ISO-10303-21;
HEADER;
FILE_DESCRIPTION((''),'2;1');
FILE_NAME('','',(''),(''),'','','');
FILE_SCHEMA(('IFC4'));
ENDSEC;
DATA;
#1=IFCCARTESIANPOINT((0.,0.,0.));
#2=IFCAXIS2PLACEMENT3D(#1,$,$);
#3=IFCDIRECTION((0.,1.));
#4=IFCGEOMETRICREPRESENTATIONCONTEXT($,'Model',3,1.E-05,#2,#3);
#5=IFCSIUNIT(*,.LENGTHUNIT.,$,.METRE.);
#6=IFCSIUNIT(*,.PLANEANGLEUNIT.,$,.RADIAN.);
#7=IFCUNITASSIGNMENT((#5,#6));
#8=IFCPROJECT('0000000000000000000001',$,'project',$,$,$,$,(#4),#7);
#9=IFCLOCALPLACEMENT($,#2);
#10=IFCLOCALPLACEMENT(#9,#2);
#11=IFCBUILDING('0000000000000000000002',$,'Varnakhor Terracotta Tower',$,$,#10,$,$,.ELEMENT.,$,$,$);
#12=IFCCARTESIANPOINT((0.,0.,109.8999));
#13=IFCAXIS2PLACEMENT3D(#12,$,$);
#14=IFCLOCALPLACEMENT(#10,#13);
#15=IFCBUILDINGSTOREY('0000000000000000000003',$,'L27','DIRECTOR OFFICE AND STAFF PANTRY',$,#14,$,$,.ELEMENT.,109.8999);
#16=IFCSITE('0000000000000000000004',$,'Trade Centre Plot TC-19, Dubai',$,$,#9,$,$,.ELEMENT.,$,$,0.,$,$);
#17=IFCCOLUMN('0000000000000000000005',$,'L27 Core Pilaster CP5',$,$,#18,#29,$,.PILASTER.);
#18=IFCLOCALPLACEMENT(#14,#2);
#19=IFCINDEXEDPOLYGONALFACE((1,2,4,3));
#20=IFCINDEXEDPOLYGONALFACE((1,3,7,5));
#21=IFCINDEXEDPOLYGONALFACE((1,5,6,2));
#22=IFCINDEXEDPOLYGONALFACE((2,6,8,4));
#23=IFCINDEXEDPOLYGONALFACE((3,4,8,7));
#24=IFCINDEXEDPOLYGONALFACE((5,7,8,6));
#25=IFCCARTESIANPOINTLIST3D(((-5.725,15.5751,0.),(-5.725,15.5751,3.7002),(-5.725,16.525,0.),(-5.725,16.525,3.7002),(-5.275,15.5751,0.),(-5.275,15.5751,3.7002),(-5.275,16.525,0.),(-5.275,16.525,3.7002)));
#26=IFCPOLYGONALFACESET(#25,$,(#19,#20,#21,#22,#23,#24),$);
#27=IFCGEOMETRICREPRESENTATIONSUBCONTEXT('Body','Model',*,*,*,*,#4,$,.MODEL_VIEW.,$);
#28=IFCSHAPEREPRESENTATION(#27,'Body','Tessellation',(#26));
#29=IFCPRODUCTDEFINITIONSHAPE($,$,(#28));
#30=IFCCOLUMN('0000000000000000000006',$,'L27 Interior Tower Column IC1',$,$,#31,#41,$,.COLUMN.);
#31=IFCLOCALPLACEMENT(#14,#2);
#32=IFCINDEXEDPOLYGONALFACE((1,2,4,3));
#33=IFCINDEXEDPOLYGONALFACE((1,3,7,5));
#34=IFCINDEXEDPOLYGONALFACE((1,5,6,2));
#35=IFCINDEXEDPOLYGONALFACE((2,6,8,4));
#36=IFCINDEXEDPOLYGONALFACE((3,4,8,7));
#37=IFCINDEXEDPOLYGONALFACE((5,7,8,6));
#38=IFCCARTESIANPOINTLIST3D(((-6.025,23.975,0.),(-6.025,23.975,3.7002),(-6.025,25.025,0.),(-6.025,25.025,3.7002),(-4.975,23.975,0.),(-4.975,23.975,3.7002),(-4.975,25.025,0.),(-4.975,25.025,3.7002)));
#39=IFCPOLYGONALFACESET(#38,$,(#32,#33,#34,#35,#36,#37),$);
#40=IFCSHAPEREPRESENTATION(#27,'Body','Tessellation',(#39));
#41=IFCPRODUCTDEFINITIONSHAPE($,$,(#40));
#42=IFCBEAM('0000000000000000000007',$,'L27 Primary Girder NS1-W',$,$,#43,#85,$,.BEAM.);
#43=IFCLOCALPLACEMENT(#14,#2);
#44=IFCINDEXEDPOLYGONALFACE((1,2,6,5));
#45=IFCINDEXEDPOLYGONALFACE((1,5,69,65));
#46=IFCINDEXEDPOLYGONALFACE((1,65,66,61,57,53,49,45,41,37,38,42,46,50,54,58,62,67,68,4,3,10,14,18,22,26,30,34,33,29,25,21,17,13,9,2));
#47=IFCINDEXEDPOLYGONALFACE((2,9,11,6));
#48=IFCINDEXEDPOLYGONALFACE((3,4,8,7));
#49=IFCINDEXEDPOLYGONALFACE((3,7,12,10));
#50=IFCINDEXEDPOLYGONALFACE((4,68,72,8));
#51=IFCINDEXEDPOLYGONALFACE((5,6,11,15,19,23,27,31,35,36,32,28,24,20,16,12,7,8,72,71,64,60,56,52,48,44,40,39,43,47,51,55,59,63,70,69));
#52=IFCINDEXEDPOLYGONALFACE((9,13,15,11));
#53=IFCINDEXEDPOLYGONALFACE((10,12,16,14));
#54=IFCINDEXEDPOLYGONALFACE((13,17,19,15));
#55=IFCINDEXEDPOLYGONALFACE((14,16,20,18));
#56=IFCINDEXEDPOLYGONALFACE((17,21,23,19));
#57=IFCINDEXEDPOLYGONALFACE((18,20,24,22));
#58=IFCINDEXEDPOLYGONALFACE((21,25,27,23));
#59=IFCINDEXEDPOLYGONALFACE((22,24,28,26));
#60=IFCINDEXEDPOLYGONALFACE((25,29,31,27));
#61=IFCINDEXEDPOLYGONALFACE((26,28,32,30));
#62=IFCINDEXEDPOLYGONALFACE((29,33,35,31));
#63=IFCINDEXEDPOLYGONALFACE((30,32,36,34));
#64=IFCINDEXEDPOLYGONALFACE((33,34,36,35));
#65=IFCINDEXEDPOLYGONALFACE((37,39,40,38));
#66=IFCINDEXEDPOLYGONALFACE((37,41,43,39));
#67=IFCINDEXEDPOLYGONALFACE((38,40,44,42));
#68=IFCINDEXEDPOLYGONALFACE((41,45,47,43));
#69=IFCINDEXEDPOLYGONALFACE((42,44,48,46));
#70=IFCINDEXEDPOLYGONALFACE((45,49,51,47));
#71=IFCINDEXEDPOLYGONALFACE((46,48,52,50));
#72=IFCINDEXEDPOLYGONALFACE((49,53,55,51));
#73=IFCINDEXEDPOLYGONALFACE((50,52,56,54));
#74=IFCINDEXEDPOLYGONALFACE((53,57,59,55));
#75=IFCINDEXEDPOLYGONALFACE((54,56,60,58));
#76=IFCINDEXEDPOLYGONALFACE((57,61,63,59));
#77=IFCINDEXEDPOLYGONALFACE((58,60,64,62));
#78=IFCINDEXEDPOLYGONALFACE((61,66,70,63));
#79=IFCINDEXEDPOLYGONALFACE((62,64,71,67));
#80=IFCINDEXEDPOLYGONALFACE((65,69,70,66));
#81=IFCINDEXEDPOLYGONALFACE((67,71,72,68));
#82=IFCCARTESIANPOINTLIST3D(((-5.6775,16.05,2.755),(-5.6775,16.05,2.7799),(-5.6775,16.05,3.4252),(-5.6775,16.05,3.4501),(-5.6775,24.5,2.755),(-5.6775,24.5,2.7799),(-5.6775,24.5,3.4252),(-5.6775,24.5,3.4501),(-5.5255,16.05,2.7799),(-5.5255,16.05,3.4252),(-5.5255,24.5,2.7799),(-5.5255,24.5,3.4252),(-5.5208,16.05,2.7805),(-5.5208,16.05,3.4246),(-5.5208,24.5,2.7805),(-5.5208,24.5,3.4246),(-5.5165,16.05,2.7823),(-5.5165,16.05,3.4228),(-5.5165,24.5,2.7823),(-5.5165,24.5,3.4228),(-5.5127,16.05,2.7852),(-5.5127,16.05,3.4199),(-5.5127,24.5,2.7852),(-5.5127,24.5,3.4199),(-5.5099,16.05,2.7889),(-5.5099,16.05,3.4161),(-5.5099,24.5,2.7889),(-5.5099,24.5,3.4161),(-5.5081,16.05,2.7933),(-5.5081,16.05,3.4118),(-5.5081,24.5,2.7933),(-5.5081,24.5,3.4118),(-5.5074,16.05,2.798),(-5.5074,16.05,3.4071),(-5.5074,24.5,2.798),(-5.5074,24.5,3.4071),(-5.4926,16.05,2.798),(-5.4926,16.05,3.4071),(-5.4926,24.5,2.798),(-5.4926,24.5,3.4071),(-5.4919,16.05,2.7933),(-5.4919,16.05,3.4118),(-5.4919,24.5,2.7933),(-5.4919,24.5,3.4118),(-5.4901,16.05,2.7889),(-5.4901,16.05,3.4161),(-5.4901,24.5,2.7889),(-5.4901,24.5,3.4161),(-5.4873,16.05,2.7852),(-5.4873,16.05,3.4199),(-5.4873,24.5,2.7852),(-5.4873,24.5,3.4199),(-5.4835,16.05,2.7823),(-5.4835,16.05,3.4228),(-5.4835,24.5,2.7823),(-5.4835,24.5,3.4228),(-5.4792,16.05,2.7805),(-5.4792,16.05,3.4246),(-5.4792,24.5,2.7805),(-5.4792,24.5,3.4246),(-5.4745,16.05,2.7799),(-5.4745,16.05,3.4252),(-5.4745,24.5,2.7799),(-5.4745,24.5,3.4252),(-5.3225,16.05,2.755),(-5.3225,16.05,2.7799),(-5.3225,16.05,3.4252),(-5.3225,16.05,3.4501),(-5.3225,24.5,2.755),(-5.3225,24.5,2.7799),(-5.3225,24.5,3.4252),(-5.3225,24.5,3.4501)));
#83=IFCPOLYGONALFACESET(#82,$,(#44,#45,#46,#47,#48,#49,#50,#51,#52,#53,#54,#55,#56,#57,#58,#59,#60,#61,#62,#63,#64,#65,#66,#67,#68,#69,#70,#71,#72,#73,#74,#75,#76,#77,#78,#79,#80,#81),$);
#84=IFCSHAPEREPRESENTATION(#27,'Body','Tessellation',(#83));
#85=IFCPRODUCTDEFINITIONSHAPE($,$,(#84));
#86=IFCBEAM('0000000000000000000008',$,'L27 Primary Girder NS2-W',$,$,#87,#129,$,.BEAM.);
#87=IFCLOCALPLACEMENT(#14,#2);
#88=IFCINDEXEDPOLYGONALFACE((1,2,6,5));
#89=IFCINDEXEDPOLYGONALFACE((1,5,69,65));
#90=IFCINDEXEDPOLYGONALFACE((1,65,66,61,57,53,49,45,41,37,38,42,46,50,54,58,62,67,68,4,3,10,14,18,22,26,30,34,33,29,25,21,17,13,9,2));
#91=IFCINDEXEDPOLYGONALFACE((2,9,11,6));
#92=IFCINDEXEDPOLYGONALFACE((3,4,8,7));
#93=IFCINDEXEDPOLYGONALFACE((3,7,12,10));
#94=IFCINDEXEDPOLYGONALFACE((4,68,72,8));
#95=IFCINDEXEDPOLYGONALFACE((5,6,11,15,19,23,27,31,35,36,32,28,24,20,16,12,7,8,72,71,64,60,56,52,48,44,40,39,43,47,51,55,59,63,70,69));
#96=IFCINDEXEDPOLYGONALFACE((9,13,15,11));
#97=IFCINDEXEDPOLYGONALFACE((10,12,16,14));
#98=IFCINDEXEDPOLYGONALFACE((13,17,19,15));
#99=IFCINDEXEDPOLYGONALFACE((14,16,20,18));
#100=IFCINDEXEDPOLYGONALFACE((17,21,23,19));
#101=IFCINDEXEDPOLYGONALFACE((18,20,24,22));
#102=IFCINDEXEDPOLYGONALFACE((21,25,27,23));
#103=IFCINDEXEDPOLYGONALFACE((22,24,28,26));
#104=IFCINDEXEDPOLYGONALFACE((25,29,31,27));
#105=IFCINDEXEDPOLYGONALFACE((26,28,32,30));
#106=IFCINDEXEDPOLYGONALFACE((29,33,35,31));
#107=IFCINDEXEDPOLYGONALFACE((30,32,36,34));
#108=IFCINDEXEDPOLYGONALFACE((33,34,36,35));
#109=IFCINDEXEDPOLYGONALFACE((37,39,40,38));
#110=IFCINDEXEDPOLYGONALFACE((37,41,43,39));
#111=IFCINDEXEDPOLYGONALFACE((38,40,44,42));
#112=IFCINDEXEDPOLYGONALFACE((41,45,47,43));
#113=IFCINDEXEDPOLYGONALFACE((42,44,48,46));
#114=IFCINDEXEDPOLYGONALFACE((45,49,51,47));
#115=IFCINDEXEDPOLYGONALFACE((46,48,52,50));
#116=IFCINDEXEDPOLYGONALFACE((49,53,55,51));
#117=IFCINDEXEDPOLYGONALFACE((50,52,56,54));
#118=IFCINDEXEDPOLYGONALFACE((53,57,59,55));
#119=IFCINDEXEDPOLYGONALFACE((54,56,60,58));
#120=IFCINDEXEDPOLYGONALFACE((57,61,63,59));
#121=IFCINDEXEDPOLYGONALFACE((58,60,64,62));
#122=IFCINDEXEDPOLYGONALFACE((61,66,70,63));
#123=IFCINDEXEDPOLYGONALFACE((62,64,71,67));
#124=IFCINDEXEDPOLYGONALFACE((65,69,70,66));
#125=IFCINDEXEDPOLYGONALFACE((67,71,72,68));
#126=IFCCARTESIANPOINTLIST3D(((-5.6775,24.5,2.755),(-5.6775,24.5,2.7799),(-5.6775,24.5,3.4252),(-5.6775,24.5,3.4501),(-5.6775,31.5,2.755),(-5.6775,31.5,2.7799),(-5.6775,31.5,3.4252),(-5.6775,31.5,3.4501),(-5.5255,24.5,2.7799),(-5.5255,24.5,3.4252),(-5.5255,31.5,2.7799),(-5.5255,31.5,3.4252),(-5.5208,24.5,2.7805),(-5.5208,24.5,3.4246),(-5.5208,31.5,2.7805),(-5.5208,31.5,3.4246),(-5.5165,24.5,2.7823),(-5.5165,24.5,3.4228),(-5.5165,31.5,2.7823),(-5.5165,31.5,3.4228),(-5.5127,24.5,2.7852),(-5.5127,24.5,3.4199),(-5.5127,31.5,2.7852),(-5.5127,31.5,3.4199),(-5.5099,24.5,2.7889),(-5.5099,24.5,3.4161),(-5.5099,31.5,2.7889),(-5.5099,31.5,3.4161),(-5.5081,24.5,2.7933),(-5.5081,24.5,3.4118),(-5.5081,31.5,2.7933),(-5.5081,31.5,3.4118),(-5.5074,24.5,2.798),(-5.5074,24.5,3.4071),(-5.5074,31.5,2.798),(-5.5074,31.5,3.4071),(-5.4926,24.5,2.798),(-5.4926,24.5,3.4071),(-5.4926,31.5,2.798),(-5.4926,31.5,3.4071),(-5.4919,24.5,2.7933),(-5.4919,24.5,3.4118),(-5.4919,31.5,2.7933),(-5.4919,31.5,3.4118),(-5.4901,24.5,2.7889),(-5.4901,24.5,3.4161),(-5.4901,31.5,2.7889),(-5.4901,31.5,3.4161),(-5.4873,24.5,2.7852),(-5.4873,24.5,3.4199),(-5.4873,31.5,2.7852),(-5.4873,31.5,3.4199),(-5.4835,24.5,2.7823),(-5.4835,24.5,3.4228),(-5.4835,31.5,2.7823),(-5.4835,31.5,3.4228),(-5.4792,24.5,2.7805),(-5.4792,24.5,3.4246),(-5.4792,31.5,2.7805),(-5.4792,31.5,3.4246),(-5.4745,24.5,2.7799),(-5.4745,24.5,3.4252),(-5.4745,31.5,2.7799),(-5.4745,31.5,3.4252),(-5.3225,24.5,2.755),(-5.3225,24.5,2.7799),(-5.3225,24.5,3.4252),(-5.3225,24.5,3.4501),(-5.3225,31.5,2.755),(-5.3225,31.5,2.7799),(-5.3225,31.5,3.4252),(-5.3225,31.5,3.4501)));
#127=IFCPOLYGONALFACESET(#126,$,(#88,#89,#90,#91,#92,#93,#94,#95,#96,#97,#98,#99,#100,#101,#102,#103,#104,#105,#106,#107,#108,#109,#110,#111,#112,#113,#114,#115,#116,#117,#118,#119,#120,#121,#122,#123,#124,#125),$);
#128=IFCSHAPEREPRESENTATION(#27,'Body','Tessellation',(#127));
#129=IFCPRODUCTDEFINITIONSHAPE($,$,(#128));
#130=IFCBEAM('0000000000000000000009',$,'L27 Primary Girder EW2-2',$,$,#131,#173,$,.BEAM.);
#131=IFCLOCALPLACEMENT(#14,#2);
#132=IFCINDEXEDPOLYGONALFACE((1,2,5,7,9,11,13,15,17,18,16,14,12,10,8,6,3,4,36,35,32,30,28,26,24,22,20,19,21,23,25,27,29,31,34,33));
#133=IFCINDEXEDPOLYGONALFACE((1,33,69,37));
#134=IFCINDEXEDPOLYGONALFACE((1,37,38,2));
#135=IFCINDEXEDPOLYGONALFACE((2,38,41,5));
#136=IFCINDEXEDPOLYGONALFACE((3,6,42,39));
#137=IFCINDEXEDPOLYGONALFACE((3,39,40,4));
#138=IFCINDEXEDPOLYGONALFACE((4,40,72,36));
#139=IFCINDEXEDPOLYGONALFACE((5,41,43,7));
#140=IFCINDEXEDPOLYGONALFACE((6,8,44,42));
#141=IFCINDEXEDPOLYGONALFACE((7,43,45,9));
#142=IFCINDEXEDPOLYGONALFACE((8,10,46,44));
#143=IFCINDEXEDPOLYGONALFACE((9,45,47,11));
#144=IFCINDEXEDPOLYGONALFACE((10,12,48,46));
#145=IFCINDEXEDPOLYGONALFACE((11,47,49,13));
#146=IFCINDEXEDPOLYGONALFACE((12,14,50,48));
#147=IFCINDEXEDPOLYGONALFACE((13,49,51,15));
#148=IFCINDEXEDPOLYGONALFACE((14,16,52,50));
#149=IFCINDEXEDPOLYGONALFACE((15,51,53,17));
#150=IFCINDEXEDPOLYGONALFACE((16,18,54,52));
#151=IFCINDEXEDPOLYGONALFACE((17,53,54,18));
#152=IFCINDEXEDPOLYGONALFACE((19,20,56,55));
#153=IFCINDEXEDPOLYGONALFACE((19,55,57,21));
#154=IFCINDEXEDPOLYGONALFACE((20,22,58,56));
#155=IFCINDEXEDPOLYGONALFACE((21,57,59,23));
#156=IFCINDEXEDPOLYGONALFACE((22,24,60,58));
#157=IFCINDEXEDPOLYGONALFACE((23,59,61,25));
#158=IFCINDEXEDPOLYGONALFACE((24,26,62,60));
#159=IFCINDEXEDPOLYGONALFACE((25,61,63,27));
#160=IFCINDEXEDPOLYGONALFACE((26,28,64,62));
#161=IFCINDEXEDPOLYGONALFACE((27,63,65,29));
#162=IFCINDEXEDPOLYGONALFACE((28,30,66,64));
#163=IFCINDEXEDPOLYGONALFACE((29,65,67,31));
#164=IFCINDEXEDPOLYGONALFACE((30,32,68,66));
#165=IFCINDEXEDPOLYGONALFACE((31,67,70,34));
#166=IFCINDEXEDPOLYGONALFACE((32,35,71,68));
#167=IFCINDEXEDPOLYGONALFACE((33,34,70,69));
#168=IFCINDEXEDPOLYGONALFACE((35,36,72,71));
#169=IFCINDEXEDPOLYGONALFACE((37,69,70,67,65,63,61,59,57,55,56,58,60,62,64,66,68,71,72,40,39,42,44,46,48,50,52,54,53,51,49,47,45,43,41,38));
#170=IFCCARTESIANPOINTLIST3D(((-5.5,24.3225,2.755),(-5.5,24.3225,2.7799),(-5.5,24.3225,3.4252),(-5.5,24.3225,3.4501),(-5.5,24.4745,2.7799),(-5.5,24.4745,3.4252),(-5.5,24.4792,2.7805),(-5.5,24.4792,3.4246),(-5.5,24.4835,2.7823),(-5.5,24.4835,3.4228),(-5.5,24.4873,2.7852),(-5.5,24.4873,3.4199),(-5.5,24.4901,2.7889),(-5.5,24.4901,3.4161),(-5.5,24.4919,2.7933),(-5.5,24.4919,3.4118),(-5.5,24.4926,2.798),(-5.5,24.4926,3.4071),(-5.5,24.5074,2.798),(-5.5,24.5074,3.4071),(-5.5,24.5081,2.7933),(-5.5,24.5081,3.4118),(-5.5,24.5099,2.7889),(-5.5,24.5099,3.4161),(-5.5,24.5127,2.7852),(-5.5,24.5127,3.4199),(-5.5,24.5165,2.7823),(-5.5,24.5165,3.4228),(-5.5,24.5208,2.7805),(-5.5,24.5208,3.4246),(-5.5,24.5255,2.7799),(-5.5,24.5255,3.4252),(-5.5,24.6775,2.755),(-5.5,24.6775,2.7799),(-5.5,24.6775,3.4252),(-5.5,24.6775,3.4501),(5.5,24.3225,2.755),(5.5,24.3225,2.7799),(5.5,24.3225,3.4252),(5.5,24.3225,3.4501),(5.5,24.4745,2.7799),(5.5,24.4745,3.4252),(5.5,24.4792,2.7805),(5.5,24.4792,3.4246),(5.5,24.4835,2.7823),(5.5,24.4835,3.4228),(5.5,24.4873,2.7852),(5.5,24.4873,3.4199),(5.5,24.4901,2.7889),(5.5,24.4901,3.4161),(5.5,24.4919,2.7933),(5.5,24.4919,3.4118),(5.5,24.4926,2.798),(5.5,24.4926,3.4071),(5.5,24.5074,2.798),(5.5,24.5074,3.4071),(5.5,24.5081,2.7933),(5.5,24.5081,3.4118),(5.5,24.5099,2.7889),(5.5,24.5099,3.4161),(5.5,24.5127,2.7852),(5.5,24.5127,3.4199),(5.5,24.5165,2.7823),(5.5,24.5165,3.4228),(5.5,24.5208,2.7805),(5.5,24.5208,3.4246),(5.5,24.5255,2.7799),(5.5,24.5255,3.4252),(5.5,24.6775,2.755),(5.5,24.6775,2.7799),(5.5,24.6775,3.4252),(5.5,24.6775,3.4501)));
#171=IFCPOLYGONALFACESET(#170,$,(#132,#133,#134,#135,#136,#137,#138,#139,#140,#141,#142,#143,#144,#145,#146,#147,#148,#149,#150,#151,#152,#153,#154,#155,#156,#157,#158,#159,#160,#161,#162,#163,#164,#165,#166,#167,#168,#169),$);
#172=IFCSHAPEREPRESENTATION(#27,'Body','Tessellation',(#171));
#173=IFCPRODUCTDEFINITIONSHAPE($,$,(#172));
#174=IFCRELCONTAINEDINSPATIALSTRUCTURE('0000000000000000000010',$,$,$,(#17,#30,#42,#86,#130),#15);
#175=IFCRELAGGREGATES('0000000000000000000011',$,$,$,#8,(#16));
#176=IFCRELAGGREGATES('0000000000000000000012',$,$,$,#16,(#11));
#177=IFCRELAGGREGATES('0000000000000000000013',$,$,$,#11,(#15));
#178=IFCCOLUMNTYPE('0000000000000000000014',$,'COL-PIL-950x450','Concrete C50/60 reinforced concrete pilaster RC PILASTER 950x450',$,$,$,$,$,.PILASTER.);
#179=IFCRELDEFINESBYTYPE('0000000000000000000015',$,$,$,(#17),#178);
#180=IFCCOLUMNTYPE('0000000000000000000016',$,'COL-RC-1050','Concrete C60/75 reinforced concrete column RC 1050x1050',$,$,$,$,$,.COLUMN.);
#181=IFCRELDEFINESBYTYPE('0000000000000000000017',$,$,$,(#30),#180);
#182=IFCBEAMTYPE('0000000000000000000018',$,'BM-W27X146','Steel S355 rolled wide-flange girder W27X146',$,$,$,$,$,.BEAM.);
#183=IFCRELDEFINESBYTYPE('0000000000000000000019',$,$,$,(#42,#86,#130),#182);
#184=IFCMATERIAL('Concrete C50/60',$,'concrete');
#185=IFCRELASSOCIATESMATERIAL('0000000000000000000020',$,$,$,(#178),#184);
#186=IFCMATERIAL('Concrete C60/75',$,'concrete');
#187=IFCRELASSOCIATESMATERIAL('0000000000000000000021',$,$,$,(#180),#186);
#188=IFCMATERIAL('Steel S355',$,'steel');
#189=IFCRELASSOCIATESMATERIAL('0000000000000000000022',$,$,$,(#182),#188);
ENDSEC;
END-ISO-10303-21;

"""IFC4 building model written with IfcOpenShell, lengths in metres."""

from ifc_helpers import new_model, si_unit, direction, frame, origin, origin_2d, place, context, subcontext, project, spatial, rectangle, i_section, extrude, source, transform, mapped, material, material_profile, profile_set, type_object, type_shapes, element, save


model = new_model("IFC4")

# Units and contexts
model_context = context("Model", 3, precision=1e-05, world=origin(), true_north=direction((0.0, 1.0)))
body_context = subcontext(model_context, "Body", "Model", "MODEL_VIEW")
ifc_project = project(units=[si_unit("LENGTHUNIT", "METRE"), si_unit("PLANEANGLEUNIT", "RADIAN")], contexts=[model_context])

# Site, building, storey
site_placement = place(None, origin())
site = spatial("IfcSite", under=ifc_project, at=site_placement, Name="Trade Centre Plot TC-19, Dubai", CompositionType="ELEMENT", RefElevation=0.0)
building_placement = place(site_placement, origin())
building = spatial("IfcBuilding", under=site, at=building_placement, Name="Varnakhor Terracotta Tower", CompositionType="ELEMENT")
storey_placement = place(building_placement, frame((0.0, 0.0, 109.8999)))
storey = spatial("IfcBuildingStorey", under=building, at=storey_placement, Name="L27", Description="DIRECTOR OFFICE AND STAFF PANTRY", CompositionType="ELEMENT", Elevation=109.8999)

# Columns
ifc_material_1 = material(Name="Concrete C50/60", Category="concrete")
ifc_material_profile_1 = material_profile(ifc_material_1, rectangle(XDim=0.45, YDim=0.95, at=origin_2d()), Name="RC PILASTER 950x450")
ifc_profile_set_1 = profile_set([ifc_material_profile_1], Name="Concrete C50/60")
column_type_1 = type_object("IfcColumnType", Name="COL-PIL-950x450", Description="Concrete C50/60 reinforced concrete pilaster RC PILASTER 950x450", PredefinedType="PILASTER", material=ifc_profile_set_1)
shared_shape_1 = source(origin(), body_context, "Body", "SweptSolid", [
    extrude(rectangle(XDim=0.45, YDim=0.95, at=origin_2d()), origin(), (0.0, 0.0, 1.0), 3.7002),
])
column_1_placement = place(storey_placement, frame((-5.5, 16.05, 0.0), z_axis=(0.0, 0.0, 1.0), x_axis=(1.0, 0.0, 0.0)))
element("IfcColumn", 1, at=column_1_placement, inside=storey, type_object=column_type_1, Name="L27 Core Pilaster CP5", PredefinedType="PILASTER", context=body_context, shape_type="MappedRepresentation", body=[
    mapped(shared_shape_1, transform((0.0, 0.0, 0.0), scale=1.0)),
])
ifc_material_2 = material(Name="Concrete C60/75", Category="concrete")
ifc_material_profile_2 = material_profile(ifc_material_2, rectangle(XDim=1.05, YDim=1.05, at=origin_2d()), Name="RC 1050x1050")
ifc_profile_set_2 = profile_set([ifc_material_profile_2], Name="Concrete C60/75")
column_type_2 = type_object("IfcColumnType", Name="COL-RC-1050", Description="Concrete C60/75 reinforced concrete column RC 1050x1050", PredefinedType="COLUMN", material=ifc_profile_set_2)
shared_shape_2 = source(origin(), body_context, "Body", "SweptSolid", [
    extrude(rectangle(XDim=1.05, YDim=1.05, at=origin_2d()), origin(), (0.0, 0.0, 1.0), 3.7002),
])
column_2_placement = place(storey_placement, frame((-5.5, 24.5, 0.0), z_axis=(0.0, 0.0, 1.0), x_axis=(1.0, 0.0, 0.0)))
element("IfcColumn", 2, at=column_2_placement, inside=storey, type_object=column_type_2, Name="L27 Interior Tower Column IC1", PredefinedType="COLUMN", context=body_context, shape_type="MappedRepresentation", body=[
    mapped(shared_shape_2, transform((0.0, 0.0, 0.0), scale=1.0)),
])

# Beams
ifc_material_3 = material(Name="Steel S355", Category="steel")
ifc_material_profile_3 = material_profile(ifc_material_3, i_section(OverallWidth=0.355, OverallDepth=0.6951, WebThickness=0.0149, FlangeThickness=0.0249, FilletRadius=0.0181, at=origin_2d()), Name="W27X146")
ifc_profile_set_3 = profile_set([ifc_material_profile_3], Name="Steel S355")
beam_type_1 = type_object("IfcBeamType", Name="BM-W27X146", Description="Steel S355 rolled wide-flange girder W27X146", PredefinedType="BEAM", material=ifc_profile_set_3)
shared_shape_3 = source(origin(), body_context, "Body", "SweptSolid", [
    extrude(i_section(OverallWidth=0.355, OverallDepth=0.6951, WebThickness=0.0149, FlangeThickness=0.0249, FilletRadius=0.0181, at=origin_2d()), origin(), (0.0, 0.0, 1.0), 8.45),
])
type_shapes(beam_type_1, [shared_shape_3])
beam_1_placement = place(storey_placement, frame((-5.5, 16.05, 3.1025), z_axis=(0.0, 1.0, 0.0), x_axis=(-1.0, 0.0, 0.0)))
element("IfcBeam", 3, at=beam_1_placement, inside=storey, type_object=beam_type_1, Name="L27 Primary Girder NS1-W", PredefinedType="BEAM", context=body_context, shape_type="MappedRepresentation", body=[
    mapped(shared_shape_3, transform((0.0, 0.0, 0.0), scale=1.0)),
])
shared_shape_4 = source(origin(), body_context, "Body", "SweptSolid", [
    extrude(i_section(OverallWidth=0.355, OverallDepth=0.6951, WebThickness=0.0149, FlangeThickness=0.0249, FilletRadius=0.0181, at=origin_2d()), origin(), (0.0, 0.0, 1.0), 7.0),
])
beam_2_placement = place(storey_placement, frame((-5.5, 24.5, 3.1025), z_axis=(0.0, 1.0, 0.0), x_axis=(-1.0, 0.0, 0.0)))
element("IfcBeam", 4, at=beam_2_placement, inside=storey, type_object=beam_type_1, Name="L27 Primary Girder NS2-W", PredefinedType="BEAM", context=body_context, shape_type="MappedRepresentation", body=[
    mapped(shared_shape_4, transform((0.0, 0.0, 0.0), scale=1.0)),
])
shared_shape_5 = source(origin(), body_context, "Body", "SweptSolid", [
    extrude(i_section(OverallWidth=0.355, OverallDepth=0.6951, WebThickness=0.0149, FlangeThickness=0.0249, FilletRadius=0.0181, at=origin_2d()), origin(), (0.0, 0.0, 1.0), 11.0),
])
beam_3_placement = place(storey_placement, frame((-5.5, 24.5, 3.1025), z_axis=(1.0, 0.0, 0.0), x_axis=(0.0, 1.0, 0.0)))
element("IfcBeam", 5, at=beam_3_placement, inside=storey, type_object=beam_type_1, Name="L27 Primary Girder EW2-2", PredefinedType="BEAM", context=body_context, shape_type="MappedRepresentation", body=[
    mapped(shared_shape_5, transform((0.0, 0.0, 0.0), scale=1.0)),
])

save(model, "model.ifc")
